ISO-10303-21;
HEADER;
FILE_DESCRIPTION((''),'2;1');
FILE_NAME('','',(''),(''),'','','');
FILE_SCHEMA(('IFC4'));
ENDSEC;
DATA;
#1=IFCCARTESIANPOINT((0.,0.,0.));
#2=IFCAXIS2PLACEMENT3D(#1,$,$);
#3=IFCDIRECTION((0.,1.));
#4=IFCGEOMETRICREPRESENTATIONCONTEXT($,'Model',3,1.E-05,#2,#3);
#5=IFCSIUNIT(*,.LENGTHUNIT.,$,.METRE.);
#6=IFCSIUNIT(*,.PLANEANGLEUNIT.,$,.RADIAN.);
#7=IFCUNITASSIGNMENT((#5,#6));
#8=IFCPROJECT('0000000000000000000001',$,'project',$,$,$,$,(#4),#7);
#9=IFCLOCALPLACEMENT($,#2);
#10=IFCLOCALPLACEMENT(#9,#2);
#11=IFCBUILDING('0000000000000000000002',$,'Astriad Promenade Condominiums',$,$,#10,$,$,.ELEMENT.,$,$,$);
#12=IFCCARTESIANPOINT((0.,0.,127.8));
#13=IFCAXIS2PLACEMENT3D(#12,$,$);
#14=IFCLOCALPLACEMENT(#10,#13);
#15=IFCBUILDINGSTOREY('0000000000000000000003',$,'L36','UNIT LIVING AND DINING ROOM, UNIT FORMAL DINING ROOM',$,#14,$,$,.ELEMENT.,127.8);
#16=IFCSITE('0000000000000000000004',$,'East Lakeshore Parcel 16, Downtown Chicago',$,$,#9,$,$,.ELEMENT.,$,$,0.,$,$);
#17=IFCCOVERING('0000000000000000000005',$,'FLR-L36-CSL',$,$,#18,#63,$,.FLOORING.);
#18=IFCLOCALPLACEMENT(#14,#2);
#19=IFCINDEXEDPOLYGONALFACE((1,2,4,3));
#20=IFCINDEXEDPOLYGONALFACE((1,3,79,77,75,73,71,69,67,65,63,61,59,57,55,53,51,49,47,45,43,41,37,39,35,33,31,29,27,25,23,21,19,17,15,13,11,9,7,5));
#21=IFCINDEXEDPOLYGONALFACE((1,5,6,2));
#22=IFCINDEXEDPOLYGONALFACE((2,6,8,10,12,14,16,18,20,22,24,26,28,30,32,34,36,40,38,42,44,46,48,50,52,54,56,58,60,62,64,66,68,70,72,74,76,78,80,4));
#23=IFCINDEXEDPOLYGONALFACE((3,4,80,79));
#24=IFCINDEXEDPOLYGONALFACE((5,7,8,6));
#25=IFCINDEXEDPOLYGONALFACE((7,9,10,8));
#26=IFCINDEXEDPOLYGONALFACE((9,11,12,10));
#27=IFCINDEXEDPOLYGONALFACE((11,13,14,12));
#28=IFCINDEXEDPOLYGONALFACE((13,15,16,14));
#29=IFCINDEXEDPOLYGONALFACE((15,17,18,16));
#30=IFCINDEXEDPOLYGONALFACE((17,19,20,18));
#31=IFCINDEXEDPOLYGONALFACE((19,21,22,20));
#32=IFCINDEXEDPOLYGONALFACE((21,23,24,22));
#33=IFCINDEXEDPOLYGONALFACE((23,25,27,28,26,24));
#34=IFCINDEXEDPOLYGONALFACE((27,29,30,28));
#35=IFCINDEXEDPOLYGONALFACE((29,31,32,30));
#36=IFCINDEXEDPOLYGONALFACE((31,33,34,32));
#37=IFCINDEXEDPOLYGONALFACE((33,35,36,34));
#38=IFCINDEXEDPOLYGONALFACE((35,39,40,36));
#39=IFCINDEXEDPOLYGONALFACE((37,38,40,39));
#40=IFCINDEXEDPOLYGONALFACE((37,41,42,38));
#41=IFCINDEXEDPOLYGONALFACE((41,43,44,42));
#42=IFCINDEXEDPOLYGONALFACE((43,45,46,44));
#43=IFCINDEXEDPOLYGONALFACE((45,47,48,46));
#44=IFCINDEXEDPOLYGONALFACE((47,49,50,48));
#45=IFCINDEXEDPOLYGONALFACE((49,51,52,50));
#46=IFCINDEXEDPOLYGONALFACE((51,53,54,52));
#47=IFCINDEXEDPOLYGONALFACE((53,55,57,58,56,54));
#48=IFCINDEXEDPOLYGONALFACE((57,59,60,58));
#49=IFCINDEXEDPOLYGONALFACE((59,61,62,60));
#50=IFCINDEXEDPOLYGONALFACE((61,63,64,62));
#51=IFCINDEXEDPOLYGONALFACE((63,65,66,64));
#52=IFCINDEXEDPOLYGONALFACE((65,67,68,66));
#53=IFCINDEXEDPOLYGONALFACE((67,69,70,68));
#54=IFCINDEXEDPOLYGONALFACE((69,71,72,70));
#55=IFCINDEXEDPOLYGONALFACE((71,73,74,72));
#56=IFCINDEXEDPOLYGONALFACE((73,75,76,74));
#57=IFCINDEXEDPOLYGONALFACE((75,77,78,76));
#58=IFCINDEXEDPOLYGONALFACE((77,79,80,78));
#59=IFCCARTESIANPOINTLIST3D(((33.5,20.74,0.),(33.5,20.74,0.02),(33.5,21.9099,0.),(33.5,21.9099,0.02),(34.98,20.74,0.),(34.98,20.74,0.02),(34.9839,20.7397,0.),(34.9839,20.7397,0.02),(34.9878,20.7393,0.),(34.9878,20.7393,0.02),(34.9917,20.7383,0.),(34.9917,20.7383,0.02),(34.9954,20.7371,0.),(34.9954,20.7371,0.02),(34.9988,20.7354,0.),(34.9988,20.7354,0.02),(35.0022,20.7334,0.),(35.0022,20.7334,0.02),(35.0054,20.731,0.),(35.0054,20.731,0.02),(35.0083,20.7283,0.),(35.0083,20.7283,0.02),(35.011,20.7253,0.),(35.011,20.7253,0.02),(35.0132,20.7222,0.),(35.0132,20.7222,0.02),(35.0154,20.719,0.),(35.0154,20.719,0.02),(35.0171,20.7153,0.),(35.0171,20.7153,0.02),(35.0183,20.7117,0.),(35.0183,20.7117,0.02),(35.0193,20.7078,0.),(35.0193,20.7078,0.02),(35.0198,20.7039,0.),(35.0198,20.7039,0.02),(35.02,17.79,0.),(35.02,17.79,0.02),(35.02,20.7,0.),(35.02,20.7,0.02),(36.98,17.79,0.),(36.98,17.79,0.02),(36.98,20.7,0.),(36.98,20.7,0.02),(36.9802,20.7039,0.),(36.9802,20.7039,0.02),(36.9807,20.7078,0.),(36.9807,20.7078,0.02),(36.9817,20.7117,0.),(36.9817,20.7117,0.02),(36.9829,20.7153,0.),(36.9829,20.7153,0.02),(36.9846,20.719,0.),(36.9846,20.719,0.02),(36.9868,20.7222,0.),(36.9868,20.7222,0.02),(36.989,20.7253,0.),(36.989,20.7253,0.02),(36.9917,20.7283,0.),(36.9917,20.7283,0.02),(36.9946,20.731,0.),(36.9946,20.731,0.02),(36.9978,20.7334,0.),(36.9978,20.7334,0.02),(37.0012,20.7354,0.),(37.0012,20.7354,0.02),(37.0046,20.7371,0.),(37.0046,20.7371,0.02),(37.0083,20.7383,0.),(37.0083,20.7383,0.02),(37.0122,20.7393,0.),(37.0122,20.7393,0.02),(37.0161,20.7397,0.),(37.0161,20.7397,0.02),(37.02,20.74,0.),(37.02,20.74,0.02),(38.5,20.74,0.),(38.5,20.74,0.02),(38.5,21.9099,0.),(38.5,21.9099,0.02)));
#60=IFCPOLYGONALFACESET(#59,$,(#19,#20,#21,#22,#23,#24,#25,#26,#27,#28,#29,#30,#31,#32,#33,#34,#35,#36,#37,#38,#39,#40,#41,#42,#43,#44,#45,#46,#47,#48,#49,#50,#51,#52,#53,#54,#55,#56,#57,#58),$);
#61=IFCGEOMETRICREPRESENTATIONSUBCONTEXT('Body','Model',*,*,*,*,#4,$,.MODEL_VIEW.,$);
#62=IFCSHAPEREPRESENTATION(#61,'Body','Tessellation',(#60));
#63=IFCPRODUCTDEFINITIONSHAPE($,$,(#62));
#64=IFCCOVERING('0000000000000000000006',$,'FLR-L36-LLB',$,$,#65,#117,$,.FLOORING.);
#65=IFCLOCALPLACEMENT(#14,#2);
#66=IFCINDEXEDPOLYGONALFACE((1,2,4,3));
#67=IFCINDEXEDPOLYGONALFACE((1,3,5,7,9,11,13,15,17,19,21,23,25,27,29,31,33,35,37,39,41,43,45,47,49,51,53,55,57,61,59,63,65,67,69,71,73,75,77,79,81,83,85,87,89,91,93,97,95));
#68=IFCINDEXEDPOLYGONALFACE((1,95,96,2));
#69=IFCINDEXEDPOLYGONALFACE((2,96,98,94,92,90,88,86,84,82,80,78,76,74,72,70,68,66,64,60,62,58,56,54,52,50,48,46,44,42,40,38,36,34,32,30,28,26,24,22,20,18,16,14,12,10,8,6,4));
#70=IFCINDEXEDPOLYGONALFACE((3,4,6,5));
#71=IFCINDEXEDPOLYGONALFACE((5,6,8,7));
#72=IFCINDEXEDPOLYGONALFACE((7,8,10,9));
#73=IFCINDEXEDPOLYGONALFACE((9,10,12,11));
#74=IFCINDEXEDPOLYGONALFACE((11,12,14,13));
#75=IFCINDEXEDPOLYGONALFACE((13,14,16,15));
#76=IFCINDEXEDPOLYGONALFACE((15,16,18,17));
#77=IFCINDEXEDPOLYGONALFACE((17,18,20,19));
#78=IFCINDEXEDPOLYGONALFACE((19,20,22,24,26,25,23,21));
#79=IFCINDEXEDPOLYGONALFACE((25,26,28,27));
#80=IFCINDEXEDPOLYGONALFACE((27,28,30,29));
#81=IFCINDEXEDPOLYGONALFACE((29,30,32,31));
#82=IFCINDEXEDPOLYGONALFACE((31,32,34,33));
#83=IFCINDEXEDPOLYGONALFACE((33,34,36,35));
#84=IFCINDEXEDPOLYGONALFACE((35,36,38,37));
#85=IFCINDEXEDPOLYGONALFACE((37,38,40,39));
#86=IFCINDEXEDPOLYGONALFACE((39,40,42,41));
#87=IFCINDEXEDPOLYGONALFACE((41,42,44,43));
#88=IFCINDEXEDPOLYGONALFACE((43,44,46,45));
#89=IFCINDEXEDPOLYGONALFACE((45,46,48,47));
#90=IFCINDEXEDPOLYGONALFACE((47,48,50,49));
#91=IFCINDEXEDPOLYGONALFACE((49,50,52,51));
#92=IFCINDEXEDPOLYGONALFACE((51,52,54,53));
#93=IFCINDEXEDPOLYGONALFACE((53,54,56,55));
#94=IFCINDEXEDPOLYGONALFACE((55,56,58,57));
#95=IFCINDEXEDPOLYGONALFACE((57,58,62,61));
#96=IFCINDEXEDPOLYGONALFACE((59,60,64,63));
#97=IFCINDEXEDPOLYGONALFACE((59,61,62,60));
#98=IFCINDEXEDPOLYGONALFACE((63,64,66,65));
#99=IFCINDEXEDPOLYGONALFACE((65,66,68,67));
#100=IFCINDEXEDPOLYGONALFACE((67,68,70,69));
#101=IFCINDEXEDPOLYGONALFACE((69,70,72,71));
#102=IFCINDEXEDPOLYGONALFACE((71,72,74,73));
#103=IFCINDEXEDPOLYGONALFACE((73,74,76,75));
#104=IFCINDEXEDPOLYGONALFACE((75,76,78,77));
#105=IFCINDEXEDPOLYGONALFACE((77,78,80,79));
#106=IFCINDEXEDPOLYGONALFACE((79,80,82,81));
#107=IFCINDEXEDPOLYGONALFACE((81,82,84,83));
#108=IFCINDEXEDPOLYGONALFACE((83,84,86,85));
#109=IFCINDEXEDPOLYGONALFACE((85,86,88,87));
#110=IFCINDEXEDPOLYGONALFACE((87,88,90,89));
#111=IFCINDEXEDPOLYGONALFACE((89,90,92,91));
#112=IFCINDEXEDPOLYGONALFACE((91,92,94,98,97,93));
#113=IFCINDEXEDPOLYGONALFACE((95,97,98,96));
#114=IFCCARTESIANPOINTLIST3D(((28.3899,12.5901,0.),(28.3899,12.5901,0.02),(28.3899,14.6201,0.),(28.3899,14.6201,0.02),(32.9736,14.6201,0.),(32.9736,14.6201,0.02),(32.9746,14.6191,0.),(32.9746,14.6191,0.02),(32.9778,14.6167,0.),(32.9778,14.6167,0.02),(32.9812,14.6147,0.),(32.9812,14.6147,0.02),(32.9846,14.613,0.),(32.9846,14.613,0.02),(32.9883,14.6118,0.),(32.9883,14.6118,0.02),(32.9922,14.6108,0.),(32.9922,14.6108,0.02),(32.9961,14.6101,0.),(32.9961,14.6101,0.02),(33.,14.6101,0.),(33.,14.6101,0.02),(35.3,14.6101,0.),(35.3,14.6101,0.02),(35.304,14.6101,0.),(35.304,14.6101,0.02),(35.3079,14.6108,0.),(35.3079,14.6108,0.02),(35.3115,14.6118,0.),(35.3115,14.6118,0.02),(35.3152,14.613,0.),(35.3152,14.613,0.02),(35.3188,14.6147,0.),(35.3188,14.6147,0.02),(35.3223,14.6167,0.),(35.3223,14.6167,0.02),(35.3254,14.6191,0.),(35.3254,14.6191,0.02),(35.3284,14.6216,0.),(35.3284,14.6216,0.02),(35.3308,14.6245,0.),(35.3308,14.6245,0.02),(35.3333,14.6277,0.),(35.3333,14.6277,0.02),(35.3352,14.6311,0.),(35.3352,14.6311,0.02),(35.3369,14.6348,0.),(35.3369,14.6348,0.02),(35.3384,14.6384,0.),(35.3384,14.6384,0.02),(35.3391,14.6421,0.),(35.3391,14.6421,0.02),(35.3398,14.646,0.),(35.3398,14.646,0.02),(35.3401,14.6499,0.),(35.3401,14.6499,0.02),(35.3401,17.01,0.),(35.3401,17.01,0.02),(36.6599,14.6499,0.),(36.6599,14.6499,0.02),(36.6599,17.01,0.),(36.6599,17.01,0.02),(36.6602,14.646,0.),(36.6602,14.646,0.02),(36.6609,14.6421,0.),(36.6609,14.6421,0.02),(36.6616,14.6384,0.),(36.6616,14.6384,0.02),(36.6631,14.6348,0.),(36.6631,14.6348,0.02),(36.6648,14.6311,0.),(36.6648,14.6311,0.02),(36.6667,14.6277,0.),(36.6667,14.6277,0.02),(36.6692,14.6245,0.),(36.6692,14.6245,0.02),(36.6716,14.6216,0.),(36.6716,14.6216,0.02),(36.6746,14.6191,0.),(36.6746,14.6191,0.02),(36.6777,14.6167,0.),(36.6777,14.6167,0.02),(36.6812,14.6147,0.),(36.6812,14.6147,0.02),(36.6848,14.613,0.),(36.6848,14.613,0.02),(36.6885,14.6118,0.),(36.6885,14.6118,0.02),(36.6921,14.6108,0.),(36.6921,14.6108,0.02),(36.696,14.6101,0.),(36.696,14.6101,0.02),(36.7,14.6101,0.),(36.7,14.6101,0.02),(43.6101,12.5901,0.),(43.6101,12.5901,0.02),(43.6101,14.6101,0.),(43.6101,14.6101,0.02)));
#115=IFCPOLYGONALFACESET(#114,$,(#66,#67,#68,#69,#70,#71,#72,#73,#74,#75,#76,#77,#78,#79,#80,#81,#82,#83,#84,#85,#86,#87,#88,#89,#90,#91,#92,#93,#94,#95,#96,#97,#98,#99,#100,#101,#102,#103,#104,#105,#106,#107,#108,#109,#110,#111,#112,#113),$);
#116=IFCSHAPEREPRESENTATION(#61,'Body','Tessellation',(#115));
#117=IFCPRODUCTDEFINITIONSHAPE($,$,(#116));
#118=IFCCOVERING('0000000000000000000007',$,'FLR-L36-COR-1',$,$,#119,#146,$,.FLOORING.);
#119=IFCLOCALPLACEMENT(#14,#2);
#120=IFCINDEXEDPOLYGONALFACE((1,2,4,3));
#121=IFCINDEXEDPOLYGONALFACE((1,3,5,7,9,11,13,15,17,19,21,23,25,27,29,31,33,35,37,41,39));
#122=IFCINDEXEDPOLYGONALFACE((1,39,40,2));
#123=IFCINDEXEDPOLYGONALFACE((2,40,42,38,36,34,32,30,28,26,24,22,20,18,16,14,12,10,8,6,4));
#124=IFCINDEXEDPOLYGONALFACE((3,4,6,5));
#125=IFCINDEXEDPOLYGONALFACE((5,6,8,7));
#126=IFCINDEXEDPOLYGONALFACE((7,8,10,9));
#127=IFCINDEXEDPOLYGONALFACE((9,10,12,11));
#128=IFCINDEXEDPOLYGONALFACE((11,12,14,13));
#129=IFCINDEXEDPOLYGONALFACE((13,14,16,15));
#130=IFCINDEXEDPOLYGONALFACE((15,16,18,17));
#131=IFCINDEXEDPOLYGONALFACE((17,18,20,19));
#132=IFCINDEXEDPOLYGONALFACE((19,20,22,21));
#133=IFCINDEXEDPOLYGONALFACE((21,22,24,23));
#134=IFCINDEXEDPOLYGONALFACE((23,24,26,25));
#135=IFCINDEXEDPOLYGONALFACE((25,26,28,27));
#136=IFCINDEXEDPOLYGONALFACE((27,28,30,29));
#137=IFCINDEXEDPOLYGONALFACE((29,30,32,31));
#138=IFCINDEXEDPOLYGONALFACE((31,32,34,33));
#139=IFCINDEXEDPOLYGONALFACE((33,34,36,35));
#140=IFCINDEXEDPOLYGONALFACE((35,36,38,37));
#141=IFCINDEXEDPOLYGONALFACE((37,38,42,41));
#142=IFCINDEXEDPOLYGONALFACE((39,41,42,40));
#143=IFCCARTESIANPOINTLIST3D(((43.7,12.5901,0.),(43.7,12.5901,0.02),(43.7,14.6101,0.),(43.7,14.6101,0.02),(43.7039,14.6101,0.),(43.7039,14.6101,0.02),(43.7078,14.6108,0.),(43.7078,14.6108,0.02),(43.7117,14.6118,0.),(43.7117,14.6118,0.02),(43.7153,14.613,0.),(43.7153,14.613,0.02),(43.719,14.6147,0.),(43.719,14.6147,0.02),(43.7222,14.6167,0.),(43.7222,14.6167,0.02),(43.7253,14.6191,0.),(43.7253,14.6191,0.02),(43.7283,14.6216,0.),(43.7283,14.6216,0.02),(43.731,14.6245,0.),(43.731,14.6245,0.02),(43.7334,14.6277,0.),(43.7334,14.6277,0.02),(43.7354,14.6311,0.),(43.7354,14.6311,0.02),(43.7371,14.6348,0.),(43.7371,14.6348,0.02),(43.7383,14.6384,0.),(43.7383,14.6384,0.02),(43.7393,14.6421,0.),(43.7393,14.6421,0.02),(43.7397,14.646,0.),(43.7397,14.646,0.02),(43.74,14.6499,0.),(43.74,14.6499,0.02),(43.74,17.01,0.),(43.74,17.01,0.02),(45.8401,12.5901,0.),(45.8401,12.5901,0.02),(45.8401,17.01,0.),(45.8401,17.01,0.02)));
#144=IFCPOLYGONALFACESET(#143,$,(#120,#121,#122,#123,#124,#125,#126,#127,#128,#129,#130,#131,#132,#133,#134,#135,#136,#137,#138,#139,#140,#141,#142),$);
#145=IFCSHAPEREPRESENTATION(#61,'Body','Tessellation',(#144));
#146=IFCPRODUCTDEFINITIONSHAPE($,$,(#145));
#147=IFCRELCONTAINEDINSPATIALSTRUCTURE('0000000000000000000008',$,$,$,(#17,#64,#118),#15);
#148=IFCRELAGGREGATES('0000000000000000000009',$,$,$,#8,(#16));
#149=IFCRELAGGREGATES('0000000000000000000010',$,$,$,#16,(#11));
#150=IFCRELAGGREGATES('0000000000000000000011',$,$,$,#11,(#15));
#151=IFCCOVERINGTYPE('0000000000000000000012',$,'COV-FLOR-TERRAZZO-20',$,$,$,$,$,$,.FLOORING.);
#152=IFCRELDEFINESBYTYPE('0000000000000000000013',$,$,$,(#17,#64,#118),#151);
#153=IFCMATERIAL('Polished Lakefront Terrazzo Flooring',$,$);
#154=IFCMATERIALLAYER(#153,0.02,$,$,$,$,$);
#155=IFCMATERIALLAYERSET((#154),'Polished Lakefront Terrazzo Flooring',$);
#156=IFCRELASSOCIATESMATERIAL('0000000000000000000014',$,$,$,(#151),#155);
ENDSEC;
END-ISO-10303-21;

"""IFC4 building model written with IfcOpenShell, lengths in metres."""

from ifc_helpers import new_model, si_unit, direction, frame, origin, place, context, subcontext, project, spatial, polyline, outline, extrude, material, layer, layer_set, type_object, element, save


model = new_model("IFC4")

# Units and contexts
model_context = context("Model", 3, precision=1e-05, world=origin(), true_north=direction((0.0, 1.0)))
body_context = subcontext(model_context, "Body", "Model", "MODEL_VIEW")
ifc_project = project(units=[si_unit("LENGTHUNIT", "METRE"), si_unit("PLANEANGLEUNIT", "RADIAN")], contexts=[model_context])

# Site, building, storey
site_placement = place(None, origin())
site = spatial("IfcSite", under=ifc_project, at=site_placement, Name="East Lakeshore Parcel 16, Downtown Chicago", CompositionType="ELEMENT", RefElevation=0.0)
building_placement = place(site_placement, origin())
building = spatial("IfcBuilding", under=site, at=building_placement, Name="Astriad Promenade Condominiums", CompositionType="ELEMENT")
storey_placement = place(building_placement, frame((0.0, 0.0, 127.8)))
storey = spatial("IfcBuildingStorey", under=building, at=storey_placement, Name="L36", Description="UNIT LIVING AND DINING ROOM, UNIT FORMAL DINING ROOM", CompositionType="ELEMENT", Elevation=127.8)

# Coverings
ifc_material_1 = material(Name="Polished Lakefront Terrazzo Flooring")
ifc_layer_1 = layer(ifc_material_1, 0.02)
ifc_layer_set_1 = layer_set([ifc_layer_1], Name="Polished Lakefront Terrazzo Flooring")
covering_type = type_object("IfcCoveringType", Name="COV-FLOR-TERRAZZO-20", PredefinedType="FLOORING", material=ifc_layer_set_1)
covering_1_placement = place(storey_placement, origin())
element("IfcCovering", 1, at=covering_1_placement, inside=storey, type_object=covering_type, Name="FLR-L36-CSL", PredefinedType="FLOORING", context=body_context, shape_type="SweptSolid", body=[
    extrude(outline(polyline([(36.98, 20.7), (36.98, 17.79), (35.02, 17.79), (35.02, 20.7), (35.0198, 20.7039), (35.0193, 20.7078), (35.0183, 20.7117), (35.0171, 20.7153), (35.0154, 20.719), (35.0132, 20.7222), (35.011, 20.7253), (35.0083, 20.7283), (35.0054, 20.731), (35.0022, 20.7334), (34.9988, 20.7354), (34.9954, 20.7371), (34.9917, 20.7383), (34.9878, 20.7393), (34.9839, 20.7397), (34.98, 20.74), (33.5, 20.74), (33.5, 21.9099), (38.5, 21.9099), (38.5, 20.74), (37.02, 20.74), (37.0161, 20.7397), (37.0122, 20.7393), (37.0083, 20.7383), (37.0046, 20.7371), (37.0012, 20.7354), (36.9978, 20.7334), (36.9946, 20.731), (36.9917, 20.7283), (36.989, 20.7253), (36.9868, 20.7222), (36.9846, 20.719), (36.9829, 20.7153), (36.9817, 20.7117), (36.9807, 20.7078), (36.9802, 20.7039), (36.98, 20.7)])), origin(), (0.0, 0.0, 1.0), 0.02),
])
covering_2_placement = place(storey_placement, origin())
element("IfcCovering", 2, at=covering_2_placement, inside=storey, type_object=covering_type, Name="FLR-L36-LLB", PredefinedType="FLOORING", context=body_context, shape_type="SweptSolid", body=[
    extrude(outline(polyline([(32.9736, 14.6201), (32.9746, 14.6191), (32.9778, 14.6167), (32.9812, 14.6147), (32.9846, 14.613), (32.9883, 14.6118), (32.9922, 14.6108), (32.9961, 14.6101), (33.0, 14.6101), (35.3, 14.6101), (35.304, 14.6101), (35.3079, 14.6108), (35.3115, 14.6118), (35.3152, 14.613), (35.3188, 14.6147), (35.3223, 14.6167), (35.3254, 14.6191), (35.3284, 14.6216), (35.3308, 14.6245), (35.3333, 14.6277), (35.3352, 14.6311), (35.3369, 14.6348), (35.3384, 14.6384), (35.3391, 14.6421), (35.3398, 14.646), (35.3401, 14.6499), (35.3401, 17.01), (36.6599, 17.01), (36.6599, 14.6499), (36.6602, 14.646), (36.6609, 14.6421), (36.6616, 14.6384), (36.6631, 14.6348), (36.6648, 14.6311), (36.6667, 14.6277), (36.6692, 14.6245), (36.6716, 14.6216), (36.6746, 14.6191), (36.6777, 14.6167), (36.6812, 14.6147), (36.6848, 14.613), (36.6885, 14.6118), (36.6921, 14.6108), (36.696, 14.6101), (36.7, 14.6101), (43.6101, 14.6101), (43.6101, 12.5901), (28.3899, 12.5901), (28.3899, 14.6201), (32.9736, 14.6201)])), origin(), (0.0, 0.0, 1.0), 0.02),
])
covering_3_placement = place(storey_placement, origin())
element("IfcCovering", 3, at=covering_3_placement, inside=storey, type_object=covering_type, Name="FLR-L36-COR-1", PredefinedType="FLOORING", context=body_context, shape_type="SweptSolid", body=[
    extrude(outline(polyline([(43.7, 12.5901), (43.7, 14.6101), (43.7039, 14.6101), (43.7078, 14.6108), (43.7117, 14.6118), (43.7153, 14.613), (43.719, 14.6147), (43.7222, 14.6167), (43.7253, 14.6191), (43.7283, 14.6216), (43.731, 14.6245), (43.7334, 14.6277), (43.7354, 14.6311), (43.7371, 14.6348), (43.7383, 14.6384), (43.7393, 14.6421), (43.7397, 14.646), (43.74, 14.6499), (43.74, 17.01), (45.8401, 17.01), (45.8401, 12.5901), (43.7, 12.5901)])), origin(), (0.0, 0.0, 1.0), 0.02),
])

save(model, "model.ifc")
